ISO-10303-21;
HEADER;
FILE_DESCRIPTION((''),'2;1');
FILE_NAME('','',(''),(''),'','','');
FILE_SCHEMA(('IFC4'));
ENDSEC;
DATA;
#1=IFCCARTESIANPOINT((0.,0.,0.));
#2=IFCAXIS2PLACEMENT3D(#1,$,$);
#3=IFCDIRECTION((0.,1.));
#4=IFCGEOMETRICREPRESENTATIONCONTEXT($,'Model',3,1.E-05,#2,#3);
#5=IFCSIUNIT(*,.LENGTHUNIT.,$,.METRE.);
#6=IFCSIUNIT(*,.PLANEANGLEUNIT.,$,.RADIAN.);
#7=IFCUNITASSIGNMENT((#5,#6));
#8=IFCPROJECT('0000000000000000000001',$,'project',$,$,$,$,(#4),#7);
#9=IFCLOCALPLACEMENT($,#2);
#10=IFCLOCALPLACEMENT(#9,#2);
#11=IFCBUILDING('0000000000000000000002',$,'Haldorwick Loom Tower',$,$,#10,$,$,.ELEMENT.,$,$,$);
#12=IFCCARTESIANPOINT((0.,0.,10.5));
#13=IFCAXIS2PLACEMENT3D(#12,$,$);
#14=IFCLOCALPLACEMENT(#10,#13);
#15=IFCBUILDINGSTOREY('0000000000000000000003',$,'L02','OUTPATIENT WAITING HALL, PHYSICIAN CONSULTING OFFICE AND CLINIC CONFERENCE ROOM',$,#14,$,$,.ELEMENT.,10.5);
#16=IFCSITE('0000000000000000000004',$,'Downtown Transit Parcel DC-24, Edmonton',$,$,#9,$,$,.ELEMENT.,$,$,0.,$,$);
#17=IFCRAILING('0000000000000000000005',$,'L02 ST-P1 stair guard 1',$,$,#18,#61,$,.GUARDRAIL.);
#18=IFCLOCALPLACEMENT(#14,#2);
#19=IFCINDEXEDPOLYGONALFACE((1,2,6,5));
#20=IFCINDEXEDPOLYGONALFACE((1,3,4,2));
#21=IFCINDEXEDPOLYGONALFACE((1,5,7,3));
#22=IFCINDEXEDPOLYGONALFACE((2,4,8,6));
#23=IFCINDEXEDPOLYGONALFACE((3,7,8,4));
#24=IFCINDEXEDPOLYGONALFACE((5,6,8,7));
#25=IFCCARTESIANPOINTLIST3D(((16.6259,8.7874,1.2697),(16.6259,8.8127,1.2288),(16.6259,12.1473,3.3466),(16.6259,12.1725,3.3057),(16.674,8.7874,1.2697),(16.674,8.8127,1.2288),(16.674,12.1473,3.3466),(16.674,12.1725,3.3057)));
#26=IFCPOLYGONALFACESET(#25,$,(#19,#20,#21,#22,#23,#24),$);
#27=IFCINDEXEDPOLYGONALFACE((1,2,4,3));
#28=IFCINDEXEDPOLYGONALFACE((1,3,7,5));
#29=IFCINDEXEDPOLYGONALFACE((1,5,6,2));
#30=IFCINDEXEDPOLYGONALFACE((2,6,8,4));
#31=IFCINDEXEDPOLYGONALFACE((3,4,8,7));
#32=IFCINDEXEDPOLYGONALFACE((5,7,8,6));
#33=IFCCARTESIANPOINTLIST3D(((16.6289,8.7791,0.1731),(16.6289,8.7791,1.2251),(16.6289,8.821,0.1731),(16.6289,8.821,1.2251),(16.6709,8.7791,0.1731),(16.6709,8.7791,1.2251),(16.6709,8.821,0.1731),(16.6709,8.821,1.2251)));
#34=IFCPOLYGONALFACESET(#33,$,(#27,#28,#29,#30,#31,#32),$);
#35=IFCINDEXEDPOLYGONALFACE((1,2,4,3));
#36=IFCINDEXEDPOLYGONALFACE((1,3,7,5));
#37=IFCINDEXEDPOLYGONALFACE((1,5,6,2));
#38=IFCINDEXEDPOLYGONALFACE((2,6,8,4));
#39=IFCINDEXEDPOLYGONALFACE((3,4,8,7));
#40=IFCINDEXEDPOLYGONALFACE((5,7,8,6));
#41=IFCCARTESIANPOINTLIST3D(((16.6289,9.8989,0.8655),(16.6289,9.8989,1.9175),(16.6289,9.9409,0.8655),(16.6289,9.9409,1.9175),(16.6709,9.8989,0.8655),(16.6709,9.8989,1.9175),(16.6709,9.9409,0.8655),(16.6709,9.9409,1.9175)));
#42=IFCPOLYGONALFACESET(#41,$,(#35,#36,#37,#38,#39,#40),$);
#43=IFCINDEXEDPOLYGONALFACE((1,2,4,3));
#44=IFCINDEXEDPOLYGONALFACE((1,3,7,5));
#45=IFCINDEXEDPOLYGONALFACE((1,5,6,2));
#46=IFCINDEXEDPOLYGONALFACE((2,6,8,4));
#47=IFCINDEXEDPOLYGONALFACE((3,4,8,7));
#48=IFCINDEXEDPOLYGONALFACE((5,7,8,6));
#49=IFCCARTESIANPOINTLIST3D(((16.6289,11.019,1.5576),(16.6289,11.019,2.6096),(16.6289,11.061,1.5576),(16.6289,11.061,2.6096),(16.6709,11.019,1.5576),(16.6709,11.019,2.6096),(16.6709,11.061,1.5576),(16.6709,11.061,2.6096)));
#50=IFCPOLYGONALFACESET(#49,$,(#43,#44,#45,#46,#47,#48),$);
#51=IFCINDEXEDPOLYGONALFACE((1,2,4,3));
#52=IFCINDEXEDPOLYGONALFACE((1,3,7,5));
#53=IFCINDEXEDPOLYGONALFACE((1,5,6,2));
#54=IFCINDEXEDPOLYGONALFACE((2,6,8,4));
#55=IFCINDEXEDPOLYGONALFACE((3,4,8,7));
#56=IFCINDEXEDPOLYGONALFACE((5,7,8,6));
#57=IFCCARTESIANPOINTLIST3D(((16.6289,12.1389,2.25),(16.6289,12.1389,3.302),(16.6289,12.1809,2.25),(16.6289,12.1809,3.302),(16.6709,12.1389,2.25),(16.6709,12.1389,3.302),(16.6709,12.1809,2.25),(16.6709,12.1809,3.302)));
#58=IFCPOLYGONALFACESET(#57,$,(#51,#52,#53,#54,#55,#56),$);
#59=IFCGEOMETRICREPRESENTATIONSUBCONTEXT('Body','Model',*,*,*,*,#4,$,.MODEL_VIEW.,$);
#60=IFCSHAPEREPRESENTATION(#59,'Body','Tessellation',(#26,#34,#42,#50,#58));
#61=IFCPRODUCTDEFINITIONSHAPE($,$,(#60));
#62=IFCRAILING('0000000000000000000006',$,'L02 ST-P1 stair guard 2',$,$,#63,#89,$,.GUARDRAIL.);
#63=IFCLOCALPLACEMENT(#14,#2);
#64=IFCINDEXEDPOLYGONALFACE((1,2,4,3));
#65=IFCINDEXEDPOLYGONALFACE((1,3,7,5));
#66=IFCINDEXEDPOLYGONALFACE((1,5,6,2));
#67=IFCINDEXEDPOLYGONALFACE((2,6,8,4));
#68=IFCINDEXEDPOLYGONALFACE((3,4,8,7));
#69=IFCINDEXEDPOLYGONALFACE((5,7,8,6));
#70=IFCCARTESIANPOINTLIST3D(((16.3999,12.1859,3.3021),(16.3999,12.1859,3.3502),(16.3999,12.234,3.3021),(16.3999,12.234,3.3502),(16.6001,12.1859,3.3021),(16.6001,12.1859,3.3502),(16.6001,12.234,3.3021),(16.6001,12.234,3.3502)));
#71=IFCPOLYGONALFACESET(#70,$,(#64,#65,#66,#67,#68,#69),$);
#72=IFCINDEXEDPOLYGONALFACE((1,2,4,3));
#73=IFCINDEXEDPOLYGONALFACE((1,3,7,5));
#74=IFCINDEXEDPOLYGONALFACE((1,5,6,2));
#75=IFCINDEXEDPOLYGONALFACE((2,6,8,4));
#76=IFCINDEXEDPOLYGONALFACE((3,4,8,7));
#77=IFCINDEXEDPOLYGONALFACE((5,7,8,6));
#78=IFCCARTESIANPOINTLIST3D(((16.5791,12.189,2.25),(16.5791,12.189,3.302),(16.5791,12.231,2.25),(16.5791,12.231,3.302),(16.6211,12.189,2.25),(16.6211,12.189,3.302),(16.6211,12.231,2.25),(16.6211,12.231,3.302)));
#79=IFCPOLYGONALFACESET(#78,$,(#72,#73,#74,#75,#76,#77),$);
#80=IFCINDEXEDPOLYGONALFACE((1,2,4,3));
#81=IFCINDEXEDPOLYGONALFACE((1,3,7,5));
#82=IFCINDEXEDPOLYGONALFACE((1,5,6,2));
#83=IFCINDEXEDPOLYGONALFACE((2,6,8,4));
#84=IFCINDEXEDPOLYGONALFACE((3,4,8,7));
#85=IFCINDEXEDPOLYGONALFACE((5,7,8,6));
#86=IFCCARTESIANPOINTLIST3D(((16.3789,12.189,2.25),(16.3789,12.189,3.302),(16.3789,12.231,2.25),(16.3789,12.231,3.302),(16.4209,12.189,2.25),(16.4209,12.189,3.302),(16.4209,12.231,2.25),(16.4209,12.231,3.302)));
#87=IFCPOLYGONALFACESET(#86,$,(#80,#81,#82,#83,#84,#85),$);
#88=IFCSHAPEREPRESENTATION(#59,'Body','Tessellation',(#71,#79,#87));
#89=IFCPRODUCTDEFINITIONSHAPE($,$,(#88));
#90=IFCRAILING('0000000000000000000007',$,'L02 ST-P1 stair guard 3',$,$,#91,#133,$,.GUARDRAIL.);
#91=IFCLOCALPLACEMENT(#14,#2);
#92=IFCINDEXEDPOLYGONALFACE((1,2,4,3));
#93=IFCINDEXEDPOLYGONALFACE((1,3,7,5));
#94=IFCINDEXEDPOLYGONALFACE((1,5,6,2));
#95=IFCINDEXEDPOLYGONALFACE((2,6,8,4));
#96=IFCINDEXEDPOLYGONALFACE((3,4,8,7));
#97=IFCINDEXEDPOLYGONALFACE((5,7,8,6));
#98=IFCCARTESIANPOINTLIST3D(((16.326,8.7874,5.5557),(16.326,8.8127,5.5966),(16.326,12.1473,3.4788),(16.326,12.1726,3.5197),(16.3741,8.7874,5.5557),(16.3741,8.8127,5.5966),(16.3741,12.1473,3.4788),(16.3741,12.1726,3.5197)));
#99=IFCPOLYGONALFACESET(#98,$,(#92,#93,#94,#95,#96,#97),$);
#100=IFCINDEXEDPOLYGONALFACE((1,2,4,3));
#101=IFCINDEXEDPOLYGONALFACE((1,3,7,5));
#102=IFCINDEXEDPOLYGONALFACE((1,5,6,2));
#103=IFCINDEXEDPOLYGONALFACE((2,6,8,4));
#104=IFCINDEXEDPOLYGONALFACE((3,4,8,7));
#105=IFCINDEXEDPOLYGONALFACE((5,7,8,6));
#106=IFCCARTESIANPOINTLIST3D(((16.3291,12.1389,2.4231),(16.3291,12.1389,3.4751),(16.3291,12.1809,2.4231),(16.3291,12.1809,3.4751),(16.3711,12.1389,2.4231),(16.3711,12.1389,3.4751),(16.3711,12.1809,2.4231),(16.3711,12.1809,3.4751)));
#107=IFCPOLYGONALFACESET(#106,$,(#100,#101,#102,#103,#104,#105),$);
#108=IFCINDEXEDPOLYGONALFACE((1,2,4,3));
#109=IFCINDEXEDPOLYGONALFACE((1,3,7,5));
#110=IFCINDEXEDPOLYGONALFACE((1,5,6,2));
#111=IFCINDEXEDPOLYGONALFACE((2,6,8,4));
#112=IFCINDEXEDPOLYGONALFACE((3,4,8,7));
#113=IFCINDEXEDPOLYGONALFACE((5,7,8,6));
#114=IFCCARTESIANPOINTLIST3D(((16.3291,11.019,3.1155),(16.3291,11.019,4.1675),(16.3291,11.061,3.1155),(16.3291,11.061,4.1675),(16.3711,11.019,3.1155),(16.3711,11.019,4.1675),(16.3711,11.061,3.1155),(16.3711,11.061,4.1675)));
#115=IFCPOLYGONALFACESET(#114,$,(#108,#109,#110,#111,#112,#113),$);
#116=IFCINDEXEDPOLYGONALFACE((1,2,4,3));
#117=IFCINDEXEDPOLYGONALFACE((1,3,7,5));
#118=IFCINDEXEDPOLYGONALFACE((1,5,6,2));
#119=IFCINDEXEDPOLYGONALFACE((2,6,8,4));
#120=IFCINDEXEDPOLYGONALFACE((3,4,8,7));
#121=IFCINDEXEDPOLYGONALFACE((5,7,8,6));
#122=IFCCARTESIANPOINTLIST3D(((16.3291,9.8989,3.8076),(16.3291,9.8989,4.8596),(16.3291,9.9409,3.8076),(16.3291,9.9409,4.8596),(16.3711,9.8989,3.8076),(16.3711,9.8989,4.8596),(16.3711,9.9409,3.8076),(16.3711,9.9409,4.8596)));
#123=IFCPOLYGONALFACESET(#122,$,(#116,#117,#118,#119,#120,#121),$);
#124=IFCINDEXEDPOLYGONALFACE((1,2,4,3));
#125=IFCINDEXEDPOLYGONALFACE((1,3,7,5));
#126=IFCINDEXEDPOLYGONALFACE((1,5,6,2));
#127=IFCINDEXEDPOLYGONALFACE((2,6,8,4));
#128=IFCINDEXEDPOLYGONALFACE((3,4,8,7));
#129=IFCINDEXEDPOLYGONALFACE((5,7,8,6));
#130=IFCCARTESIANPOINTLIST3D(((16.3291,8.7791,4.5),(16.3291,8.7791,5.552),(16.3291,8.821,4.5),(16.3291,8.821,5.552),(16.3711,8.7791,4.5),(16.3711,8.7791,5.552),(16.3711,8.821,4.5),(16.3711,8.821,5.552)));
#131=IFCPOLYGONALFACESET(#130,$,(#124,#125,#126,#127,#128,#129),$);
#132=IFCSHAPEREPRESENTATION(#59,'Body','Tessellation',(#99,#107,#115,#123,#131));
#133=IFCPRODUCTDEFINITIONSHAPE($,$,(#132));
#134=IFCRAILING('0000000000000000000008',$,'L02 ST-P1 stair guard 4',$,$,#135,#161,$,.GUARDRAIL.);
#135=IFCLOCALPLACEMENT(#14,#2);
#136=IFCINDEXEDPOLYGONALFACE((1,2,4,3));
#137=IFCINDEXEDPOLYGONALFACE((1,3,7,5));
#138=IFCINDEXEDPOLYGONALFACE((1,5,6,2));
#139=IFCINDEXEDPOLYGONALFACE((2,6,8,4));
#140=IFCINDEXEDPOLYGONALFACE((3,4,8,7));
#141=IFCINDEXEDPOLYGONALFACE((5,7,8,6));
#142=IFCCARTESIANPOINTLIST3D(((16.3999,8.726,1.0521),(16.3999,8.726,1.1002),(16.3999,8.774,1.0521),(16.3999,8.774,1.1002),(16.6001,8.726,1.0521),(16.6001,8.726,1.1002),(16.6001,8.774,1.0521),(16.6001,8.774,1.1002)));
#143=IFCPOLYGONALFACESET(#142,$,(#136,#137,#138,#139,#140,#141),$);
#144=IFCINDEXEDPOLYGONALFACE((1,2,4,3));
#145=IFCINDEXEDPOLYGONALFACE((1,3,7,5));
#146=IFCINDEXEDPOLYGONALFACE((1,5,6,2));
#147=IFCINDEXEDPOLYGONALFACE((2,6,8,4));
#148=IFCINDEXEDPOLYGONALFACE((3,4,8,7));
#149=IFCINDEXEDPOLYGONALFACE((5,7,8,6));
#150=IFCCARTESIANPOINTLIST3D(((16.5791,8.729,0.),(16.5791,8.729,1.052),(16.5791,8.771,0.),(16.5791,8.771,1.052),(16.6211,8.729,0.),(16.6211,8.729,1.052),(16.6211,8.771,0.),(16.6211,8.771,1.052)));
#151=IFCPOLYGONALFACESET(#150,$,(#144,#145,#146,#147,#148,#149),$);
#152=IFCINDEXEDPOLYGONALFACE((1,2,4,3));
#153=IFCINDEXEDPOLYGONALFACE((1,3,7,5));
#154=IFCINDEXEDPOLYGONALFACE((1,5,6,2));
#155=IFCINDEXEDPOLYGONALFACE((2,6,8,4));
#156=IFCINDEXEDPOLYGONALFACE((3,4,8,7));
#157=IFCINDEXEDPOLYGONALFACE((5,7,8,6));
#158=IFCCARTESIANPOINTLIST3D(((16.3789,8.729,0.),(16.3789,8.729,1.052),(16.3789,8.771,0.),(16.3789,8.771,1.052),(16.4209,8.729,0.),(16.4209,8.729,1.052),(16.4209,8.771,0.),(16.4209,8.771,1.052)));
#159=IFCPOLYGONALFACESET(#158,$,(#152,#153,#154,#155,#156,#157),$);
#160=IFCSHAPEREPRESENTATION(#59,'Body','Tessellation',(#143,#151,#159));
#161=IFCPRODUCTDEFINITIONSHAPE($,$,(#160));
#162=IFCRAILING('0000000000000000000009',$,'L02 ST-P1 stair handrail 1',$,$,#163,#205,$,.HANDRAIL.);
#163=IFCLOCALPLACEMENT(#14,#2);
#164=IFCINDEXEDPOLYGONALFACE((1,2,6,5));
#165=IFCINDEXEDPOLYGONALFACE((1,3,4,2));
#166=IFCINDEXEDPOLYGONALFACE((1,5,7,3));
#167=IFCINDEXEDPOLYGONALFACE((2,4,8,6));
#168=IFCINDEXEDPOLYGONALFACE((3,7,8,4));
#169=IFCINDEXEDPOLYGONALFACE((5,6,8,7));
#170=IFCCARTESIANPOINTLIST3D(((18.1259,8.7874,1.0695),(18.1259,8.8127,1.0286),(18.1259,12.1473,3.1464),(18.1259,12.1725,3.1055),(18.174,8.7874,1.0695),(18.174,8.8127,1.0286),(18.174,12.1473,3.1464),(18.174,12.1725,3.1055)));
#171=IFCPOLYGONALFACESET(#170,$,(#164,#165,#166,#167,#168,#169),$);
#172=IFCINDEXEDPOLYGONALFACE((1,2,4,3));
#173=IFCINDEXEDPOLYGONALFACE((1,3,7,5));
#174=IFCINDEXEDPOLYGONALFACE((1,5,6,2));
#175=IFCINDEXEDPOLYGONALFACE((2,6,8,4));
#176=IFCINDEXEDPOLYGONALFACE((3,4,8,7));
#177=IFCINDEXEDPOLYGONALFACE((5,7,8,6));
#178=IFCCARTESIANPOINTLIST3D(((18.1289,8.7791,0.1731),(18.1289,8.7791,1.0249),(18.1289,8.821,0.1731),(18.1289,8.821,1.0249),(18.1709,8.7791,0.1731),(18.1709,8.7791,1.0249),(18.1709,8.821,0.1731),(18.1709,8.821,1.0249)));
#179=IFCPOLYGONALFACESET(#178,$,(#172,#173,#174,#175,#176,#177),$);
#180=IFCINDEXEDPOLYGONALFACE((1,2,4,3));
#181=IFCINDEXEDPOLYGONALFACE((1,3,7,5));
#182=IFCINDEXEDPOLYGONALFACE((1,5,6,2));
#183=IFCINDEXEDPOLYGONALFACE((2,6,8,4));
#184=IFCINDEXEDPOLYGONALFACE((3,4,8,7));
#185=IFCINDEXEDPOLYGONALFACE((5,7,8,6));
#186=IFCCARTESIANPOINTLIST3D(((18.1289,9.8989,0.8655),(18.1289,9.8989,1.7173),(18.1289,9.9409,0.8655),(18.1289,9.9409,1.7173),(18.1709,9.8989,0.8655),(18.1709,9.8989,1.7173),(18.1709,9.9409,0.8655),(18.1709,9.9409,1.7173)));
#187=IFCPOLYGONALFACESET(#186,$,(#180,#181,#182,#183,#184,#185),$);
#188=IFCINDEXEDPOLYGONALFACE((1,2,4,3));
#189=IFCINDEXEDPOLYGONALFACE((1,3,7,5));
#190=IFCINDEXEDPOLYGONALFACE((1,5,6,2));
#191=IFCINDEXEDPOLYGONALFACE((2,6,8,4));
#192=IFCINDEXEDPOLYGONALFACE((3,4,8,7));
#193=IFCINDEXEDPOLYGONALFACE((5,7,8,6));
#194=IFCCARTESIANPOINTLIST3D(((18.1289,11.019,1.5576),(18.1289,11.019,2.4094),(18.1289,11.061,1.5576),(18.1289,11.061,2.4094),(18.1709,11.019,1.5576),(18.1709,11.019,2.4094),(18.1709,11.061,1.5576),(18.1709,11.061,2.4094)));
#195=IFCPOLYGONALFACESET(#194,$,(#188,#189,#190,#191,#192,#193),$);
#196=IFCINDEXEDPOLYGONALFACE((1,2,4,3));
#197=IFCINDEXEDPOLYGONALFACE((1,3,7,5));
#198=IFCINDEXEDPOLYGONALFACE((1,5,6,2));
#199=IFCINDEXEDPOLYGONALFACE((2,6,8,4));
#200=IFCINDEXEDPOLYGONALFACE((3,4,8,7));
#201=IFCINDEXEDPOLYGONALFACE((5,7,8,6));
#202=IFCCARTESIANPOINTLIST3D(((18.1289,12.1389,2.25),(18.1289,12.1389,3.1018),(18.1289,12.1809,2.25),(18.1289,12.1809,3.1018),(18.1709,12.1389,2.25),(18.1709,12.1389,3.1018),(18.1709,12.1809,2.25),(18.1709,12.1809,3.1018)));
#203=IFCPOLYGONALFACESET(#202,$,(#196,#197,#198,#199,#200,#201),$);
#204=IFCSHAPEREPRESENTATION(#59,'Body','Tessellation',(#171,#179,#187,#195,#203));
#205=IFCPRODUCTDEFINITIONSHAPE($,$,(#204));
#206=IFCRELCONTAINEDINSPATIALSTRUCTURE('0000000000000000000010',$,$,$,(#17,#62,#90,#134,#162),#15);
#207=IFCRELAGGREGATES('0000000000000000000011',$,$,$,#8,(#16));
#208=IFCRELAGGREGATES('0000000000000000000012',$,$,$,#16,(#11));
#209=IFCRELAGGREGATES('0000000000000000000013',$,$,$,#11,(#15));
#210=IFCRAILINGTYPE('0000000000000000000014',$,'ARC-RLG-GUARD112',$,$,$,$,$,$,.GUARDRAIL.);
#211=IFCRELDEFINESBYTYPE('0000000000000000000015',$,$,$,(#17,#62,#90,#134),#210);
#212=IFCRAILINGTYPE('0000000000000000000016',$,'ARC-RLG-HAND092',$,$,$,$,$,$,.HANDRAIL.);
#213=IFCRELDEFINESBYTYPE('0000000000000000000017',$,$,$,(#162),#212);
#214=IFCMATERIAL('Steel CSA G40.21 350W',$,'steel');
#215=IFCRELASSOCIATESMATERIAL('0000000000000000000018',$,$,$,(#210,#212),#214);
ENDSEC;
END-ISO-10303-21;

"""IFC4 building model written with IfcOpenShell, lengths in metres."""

from ifc_helpers import new_model, si_unit, direction, frame, origin, origin_2d, place, context, subcontext, project, spatial, rectangle, extrude, material, type_object, element, save


model = new_model("IFC4")

# Units and contexts
model_context = context("Model", 3, precision=1e-05, world=origin(), true_north=direction((0.0, 1.0)))
body_context = subcontext(model_context, "Body", "Model", "MODEL_VIEW")
ifc_project = project(units=[si_unit("LENGTHUNIT", "METRE"), si_unit("PLANEANGLEUNIT", "RADIAN")], contexts=[model_context])

# Site, building, storey
site_placement = place(None, origin())
site = spatial("IfcSite", under=ifc_project, at=site_placement, Name="Downtown Transit Parcel DC-24, Edmonton", CompositionType="ELEMENT", RefElevation=0.0)
building_placement = place(site_placement, origin())
building = spatial("IfcBuilding", under=site, at=building_placement, Name="Haldorwick Loom Tower", CompositionType="ELEMENT")
storey_placement = place(building_placement, frame((0.0, 0.0, 10.5)))
storey = spatial("IfcBuildingStorey", under=building, at=storey_placement, Name="L02", Description="OUTPATIENT WAITING HALL, PHYSICIAN CONSULTING OFFICE AND CLINIC CONFERENCE ROOM", CompositionType="ELEMENT", Elevation=10.5)

# Shared definitions
ifc_material_1 = material(Name="Steel CSA G40.21 350W", Category="steel")

# Railings
railing_type_1 = type_object("IfcRailingType", Name="ARC-RLG-GUARD112", PredefinedType="GUARDRAIL", material=ifc_material_1)
railing_1_placement = place(storey_placement, frame((16.6499, 8.8, 0.1731)))
element("IfcRailing", 1, at=railing_1_placement, inside=storey, type_object=railing_type_1, Name="L02 ST-P1 stair guard 1", PredefinedType="GUARDRAIL", context=body_context, shape_type="SweptSolid", body=[
    extrude(rectangle(XDim=0.0481, YDim=0.0481, at=origin_2d()), frame((0.0, 0.0, 1.0762), z_axis=(0.0, 0.850606, 0.525803), x_axis=(-1.0, 0.0, 0.0)), (0.0, 0.0, 1.0), 3.95),
    extrude(rectangle(XDim=0.042, YDim=0.042, at=origin_2d()), origin(), (0.0, 0.0, 1.0), 1.052),
    extrude(rectangle(XDim=0.042, YDim=0.042, at=origin_2d()), frame((0.0, 1.1199, 0.6924)), (0.0, 0.0, 1.0), 1.052),
    extrude(rectangle(XDim=0.042, YDim=0.042, at=origin_2d()), frame((0.0, 2.24, 1.3845)), (0.0, 0.0, 1.0), 1.052),
    extrude(rectangle(XDim=0.042, YDim=0.042, at=origin_2d()), frame((0.0, 3.3599, 2.0769)), (0.0, 0.0, 1.0), 1.052),
])
railing_2_placement = place(storey_placement, frame((16.6001, 12.21, 2.25)))
element("IfcRailing", 2, at=railing_2_placement, inside=storey, type_object=railing_type_1, Name="L02 ST-P1 stair guard 2", PredefinedType="GUARDRAIL", context=body_context, shape_type="SweptSolid", body=[
    extrude(rectangle(XDim=0.0481, YDim=0.0481, at=origin_2d()), frame((0.0, 0.0, 1.0762), z_axis=(-1.0, 0.0, 0.0), x_axis=(0.0, -1.0, 0.0)), (0.0, 0.0, 1.0), 0.2002),
    extrude(rectangle(XDim=0.042, YDim=0.042, at=origin_2d()), origin(), (0.0, 0.0, 1.0), 1.052),
    extrude(rectangle(XDim=0.042, YDim=0.042, at=origin_2d()), frame((-0.2002, 0.0, 0.0)), (0.0, 0.0, 1.0), 1.052),
])
railing_3_placement = place(storey_placement, frame((16.3501, 12.1599, 2.4231)))
element("IfcRailing", 3, at=railing_3_placement, inside=storey, type_object=railing_type_1, Name="L02 ST-P1 stair guard 3", PredefinedType="GUARDRAIL", context=body_context, shape_type="SweptSolid", body=[
    extrude(rectangle(XDim=0.0481, YDim=0.0481, at=origin_2d()), frame((0.0, 0.0, 1.0762), z_axis=(0.0, -0.850606, 0.525803), x_axis=(1.0, 0.0, 0.0)), (0.0, 0.0, 1.0), 3.95),
    extrude(rectangle(XDim=0.042, YDim=0.042, at=origin_2d()), origin(), (0.0, 0.0, 1.0), 1.052),
    extrude(rectangle(XDim=0.042, YDim=0.042, at=origin_2d()), frame((0.0, -1.1199, 0.6924)), (0.0, 0.0, 1.0), 1.052),
    extrude(rectangle(XDim=0.042, YDim=0.042, at=origin_2d()), frame((0.0, -2.24, 1.3845)), (0.0, 0.0, 1.0), 1.052),
    extrude(rectangle(XDim=0.042, YDim=0.042, at=origin_2d()), frame((0.0, -3.3599, 2.0769)), (0.0, 0.0, 1.0), 1.052),
])
railing_4_placement = place(storey_placement, frame((16.6001, 8.75, 0.0)))
element("IfcRailing", 4, at=railing_4_placement, inside=storey, type_object=railing_type_1, Name="L02 ST-P1 stair guard 4", PredefinedType="GUARDRAIL", context=body_context, shape_type="SweptSolid", body=[
    extrude(rectangle(XDim=0.0481, YDim=0.0481, at=origin_2d()), frame((0.0, 0.0, 1.0762), z_axis=(-1.0, 0.0, 0.0), x_axis=(0.0, -1.0, 0.0)), (0.0, 0.0, 1.0), 0.2002),
    extrude(rectangle(XDim=0.042, YDim=0.042, at=origin_2d()), origin(), (0.0, 0.0, 1.0), 1.052),
    extrude(rectangle(XDim=0.042, YDim=0.042, at=origin_2d()), frame((-0.2002, 0.0, 0.0)), (0.0, 0.0, 1.0), 1.052),
])
railing_type_2 = type_object("IfcRailingType", Name="ARC-RLG-HAND092", PredefinedType="HANDRAIL", material=ifc_material_1)
railing_5_placement = place(storey_placement, frame((18.1499, 8.8, 0.1731)))
element("IfcRailing", 5, at=railing_5_placement, inside=storey, type_object=railing_type_2, Name="L02 ST-P1 stair handrail 1", PredefinedType="HANDRAIL", context=body_context, shape_type="SweptSolid", body=[
    extrude(rectangle(XDim=0.0481, YDim=0.0481, at=origin_2d()), frame((0.0, 0.0, 0.876), z_axis=(0.0, 0.850606, 0.525803), x_axis=(-1.0, 0.0, 0.0)), (0.0, 0.0, 1.0), 3.95),
    extrude(rectangle(XDim=0.042, YDim=0.042, at=origin_2d()), origin(), (0.0, 0.0, 1.0), 0.8518),
    extrude(rectangle(XDim=0.042, YDim=0.042, at=origin_2d()), frame((0.0, 1.1199, 0.6924)), (0.0, 0.0, 1.0), 0.8518),
    extrude(rectangle(XDim=0.042, YDim=0.042, at=origin_2d()), frame((0.0, 2.24, 1.3845)), (0.0, 0.0, 1.0), 0.8518),
    extrude(rectangle(XDim=0.042, YDim=0.042, at=origin_2d()), frame((0.0, 3.3599, 2.0769)), (0.0, 0.0, 1.0), 0.8518),
])

save(model, "model.ifc")
